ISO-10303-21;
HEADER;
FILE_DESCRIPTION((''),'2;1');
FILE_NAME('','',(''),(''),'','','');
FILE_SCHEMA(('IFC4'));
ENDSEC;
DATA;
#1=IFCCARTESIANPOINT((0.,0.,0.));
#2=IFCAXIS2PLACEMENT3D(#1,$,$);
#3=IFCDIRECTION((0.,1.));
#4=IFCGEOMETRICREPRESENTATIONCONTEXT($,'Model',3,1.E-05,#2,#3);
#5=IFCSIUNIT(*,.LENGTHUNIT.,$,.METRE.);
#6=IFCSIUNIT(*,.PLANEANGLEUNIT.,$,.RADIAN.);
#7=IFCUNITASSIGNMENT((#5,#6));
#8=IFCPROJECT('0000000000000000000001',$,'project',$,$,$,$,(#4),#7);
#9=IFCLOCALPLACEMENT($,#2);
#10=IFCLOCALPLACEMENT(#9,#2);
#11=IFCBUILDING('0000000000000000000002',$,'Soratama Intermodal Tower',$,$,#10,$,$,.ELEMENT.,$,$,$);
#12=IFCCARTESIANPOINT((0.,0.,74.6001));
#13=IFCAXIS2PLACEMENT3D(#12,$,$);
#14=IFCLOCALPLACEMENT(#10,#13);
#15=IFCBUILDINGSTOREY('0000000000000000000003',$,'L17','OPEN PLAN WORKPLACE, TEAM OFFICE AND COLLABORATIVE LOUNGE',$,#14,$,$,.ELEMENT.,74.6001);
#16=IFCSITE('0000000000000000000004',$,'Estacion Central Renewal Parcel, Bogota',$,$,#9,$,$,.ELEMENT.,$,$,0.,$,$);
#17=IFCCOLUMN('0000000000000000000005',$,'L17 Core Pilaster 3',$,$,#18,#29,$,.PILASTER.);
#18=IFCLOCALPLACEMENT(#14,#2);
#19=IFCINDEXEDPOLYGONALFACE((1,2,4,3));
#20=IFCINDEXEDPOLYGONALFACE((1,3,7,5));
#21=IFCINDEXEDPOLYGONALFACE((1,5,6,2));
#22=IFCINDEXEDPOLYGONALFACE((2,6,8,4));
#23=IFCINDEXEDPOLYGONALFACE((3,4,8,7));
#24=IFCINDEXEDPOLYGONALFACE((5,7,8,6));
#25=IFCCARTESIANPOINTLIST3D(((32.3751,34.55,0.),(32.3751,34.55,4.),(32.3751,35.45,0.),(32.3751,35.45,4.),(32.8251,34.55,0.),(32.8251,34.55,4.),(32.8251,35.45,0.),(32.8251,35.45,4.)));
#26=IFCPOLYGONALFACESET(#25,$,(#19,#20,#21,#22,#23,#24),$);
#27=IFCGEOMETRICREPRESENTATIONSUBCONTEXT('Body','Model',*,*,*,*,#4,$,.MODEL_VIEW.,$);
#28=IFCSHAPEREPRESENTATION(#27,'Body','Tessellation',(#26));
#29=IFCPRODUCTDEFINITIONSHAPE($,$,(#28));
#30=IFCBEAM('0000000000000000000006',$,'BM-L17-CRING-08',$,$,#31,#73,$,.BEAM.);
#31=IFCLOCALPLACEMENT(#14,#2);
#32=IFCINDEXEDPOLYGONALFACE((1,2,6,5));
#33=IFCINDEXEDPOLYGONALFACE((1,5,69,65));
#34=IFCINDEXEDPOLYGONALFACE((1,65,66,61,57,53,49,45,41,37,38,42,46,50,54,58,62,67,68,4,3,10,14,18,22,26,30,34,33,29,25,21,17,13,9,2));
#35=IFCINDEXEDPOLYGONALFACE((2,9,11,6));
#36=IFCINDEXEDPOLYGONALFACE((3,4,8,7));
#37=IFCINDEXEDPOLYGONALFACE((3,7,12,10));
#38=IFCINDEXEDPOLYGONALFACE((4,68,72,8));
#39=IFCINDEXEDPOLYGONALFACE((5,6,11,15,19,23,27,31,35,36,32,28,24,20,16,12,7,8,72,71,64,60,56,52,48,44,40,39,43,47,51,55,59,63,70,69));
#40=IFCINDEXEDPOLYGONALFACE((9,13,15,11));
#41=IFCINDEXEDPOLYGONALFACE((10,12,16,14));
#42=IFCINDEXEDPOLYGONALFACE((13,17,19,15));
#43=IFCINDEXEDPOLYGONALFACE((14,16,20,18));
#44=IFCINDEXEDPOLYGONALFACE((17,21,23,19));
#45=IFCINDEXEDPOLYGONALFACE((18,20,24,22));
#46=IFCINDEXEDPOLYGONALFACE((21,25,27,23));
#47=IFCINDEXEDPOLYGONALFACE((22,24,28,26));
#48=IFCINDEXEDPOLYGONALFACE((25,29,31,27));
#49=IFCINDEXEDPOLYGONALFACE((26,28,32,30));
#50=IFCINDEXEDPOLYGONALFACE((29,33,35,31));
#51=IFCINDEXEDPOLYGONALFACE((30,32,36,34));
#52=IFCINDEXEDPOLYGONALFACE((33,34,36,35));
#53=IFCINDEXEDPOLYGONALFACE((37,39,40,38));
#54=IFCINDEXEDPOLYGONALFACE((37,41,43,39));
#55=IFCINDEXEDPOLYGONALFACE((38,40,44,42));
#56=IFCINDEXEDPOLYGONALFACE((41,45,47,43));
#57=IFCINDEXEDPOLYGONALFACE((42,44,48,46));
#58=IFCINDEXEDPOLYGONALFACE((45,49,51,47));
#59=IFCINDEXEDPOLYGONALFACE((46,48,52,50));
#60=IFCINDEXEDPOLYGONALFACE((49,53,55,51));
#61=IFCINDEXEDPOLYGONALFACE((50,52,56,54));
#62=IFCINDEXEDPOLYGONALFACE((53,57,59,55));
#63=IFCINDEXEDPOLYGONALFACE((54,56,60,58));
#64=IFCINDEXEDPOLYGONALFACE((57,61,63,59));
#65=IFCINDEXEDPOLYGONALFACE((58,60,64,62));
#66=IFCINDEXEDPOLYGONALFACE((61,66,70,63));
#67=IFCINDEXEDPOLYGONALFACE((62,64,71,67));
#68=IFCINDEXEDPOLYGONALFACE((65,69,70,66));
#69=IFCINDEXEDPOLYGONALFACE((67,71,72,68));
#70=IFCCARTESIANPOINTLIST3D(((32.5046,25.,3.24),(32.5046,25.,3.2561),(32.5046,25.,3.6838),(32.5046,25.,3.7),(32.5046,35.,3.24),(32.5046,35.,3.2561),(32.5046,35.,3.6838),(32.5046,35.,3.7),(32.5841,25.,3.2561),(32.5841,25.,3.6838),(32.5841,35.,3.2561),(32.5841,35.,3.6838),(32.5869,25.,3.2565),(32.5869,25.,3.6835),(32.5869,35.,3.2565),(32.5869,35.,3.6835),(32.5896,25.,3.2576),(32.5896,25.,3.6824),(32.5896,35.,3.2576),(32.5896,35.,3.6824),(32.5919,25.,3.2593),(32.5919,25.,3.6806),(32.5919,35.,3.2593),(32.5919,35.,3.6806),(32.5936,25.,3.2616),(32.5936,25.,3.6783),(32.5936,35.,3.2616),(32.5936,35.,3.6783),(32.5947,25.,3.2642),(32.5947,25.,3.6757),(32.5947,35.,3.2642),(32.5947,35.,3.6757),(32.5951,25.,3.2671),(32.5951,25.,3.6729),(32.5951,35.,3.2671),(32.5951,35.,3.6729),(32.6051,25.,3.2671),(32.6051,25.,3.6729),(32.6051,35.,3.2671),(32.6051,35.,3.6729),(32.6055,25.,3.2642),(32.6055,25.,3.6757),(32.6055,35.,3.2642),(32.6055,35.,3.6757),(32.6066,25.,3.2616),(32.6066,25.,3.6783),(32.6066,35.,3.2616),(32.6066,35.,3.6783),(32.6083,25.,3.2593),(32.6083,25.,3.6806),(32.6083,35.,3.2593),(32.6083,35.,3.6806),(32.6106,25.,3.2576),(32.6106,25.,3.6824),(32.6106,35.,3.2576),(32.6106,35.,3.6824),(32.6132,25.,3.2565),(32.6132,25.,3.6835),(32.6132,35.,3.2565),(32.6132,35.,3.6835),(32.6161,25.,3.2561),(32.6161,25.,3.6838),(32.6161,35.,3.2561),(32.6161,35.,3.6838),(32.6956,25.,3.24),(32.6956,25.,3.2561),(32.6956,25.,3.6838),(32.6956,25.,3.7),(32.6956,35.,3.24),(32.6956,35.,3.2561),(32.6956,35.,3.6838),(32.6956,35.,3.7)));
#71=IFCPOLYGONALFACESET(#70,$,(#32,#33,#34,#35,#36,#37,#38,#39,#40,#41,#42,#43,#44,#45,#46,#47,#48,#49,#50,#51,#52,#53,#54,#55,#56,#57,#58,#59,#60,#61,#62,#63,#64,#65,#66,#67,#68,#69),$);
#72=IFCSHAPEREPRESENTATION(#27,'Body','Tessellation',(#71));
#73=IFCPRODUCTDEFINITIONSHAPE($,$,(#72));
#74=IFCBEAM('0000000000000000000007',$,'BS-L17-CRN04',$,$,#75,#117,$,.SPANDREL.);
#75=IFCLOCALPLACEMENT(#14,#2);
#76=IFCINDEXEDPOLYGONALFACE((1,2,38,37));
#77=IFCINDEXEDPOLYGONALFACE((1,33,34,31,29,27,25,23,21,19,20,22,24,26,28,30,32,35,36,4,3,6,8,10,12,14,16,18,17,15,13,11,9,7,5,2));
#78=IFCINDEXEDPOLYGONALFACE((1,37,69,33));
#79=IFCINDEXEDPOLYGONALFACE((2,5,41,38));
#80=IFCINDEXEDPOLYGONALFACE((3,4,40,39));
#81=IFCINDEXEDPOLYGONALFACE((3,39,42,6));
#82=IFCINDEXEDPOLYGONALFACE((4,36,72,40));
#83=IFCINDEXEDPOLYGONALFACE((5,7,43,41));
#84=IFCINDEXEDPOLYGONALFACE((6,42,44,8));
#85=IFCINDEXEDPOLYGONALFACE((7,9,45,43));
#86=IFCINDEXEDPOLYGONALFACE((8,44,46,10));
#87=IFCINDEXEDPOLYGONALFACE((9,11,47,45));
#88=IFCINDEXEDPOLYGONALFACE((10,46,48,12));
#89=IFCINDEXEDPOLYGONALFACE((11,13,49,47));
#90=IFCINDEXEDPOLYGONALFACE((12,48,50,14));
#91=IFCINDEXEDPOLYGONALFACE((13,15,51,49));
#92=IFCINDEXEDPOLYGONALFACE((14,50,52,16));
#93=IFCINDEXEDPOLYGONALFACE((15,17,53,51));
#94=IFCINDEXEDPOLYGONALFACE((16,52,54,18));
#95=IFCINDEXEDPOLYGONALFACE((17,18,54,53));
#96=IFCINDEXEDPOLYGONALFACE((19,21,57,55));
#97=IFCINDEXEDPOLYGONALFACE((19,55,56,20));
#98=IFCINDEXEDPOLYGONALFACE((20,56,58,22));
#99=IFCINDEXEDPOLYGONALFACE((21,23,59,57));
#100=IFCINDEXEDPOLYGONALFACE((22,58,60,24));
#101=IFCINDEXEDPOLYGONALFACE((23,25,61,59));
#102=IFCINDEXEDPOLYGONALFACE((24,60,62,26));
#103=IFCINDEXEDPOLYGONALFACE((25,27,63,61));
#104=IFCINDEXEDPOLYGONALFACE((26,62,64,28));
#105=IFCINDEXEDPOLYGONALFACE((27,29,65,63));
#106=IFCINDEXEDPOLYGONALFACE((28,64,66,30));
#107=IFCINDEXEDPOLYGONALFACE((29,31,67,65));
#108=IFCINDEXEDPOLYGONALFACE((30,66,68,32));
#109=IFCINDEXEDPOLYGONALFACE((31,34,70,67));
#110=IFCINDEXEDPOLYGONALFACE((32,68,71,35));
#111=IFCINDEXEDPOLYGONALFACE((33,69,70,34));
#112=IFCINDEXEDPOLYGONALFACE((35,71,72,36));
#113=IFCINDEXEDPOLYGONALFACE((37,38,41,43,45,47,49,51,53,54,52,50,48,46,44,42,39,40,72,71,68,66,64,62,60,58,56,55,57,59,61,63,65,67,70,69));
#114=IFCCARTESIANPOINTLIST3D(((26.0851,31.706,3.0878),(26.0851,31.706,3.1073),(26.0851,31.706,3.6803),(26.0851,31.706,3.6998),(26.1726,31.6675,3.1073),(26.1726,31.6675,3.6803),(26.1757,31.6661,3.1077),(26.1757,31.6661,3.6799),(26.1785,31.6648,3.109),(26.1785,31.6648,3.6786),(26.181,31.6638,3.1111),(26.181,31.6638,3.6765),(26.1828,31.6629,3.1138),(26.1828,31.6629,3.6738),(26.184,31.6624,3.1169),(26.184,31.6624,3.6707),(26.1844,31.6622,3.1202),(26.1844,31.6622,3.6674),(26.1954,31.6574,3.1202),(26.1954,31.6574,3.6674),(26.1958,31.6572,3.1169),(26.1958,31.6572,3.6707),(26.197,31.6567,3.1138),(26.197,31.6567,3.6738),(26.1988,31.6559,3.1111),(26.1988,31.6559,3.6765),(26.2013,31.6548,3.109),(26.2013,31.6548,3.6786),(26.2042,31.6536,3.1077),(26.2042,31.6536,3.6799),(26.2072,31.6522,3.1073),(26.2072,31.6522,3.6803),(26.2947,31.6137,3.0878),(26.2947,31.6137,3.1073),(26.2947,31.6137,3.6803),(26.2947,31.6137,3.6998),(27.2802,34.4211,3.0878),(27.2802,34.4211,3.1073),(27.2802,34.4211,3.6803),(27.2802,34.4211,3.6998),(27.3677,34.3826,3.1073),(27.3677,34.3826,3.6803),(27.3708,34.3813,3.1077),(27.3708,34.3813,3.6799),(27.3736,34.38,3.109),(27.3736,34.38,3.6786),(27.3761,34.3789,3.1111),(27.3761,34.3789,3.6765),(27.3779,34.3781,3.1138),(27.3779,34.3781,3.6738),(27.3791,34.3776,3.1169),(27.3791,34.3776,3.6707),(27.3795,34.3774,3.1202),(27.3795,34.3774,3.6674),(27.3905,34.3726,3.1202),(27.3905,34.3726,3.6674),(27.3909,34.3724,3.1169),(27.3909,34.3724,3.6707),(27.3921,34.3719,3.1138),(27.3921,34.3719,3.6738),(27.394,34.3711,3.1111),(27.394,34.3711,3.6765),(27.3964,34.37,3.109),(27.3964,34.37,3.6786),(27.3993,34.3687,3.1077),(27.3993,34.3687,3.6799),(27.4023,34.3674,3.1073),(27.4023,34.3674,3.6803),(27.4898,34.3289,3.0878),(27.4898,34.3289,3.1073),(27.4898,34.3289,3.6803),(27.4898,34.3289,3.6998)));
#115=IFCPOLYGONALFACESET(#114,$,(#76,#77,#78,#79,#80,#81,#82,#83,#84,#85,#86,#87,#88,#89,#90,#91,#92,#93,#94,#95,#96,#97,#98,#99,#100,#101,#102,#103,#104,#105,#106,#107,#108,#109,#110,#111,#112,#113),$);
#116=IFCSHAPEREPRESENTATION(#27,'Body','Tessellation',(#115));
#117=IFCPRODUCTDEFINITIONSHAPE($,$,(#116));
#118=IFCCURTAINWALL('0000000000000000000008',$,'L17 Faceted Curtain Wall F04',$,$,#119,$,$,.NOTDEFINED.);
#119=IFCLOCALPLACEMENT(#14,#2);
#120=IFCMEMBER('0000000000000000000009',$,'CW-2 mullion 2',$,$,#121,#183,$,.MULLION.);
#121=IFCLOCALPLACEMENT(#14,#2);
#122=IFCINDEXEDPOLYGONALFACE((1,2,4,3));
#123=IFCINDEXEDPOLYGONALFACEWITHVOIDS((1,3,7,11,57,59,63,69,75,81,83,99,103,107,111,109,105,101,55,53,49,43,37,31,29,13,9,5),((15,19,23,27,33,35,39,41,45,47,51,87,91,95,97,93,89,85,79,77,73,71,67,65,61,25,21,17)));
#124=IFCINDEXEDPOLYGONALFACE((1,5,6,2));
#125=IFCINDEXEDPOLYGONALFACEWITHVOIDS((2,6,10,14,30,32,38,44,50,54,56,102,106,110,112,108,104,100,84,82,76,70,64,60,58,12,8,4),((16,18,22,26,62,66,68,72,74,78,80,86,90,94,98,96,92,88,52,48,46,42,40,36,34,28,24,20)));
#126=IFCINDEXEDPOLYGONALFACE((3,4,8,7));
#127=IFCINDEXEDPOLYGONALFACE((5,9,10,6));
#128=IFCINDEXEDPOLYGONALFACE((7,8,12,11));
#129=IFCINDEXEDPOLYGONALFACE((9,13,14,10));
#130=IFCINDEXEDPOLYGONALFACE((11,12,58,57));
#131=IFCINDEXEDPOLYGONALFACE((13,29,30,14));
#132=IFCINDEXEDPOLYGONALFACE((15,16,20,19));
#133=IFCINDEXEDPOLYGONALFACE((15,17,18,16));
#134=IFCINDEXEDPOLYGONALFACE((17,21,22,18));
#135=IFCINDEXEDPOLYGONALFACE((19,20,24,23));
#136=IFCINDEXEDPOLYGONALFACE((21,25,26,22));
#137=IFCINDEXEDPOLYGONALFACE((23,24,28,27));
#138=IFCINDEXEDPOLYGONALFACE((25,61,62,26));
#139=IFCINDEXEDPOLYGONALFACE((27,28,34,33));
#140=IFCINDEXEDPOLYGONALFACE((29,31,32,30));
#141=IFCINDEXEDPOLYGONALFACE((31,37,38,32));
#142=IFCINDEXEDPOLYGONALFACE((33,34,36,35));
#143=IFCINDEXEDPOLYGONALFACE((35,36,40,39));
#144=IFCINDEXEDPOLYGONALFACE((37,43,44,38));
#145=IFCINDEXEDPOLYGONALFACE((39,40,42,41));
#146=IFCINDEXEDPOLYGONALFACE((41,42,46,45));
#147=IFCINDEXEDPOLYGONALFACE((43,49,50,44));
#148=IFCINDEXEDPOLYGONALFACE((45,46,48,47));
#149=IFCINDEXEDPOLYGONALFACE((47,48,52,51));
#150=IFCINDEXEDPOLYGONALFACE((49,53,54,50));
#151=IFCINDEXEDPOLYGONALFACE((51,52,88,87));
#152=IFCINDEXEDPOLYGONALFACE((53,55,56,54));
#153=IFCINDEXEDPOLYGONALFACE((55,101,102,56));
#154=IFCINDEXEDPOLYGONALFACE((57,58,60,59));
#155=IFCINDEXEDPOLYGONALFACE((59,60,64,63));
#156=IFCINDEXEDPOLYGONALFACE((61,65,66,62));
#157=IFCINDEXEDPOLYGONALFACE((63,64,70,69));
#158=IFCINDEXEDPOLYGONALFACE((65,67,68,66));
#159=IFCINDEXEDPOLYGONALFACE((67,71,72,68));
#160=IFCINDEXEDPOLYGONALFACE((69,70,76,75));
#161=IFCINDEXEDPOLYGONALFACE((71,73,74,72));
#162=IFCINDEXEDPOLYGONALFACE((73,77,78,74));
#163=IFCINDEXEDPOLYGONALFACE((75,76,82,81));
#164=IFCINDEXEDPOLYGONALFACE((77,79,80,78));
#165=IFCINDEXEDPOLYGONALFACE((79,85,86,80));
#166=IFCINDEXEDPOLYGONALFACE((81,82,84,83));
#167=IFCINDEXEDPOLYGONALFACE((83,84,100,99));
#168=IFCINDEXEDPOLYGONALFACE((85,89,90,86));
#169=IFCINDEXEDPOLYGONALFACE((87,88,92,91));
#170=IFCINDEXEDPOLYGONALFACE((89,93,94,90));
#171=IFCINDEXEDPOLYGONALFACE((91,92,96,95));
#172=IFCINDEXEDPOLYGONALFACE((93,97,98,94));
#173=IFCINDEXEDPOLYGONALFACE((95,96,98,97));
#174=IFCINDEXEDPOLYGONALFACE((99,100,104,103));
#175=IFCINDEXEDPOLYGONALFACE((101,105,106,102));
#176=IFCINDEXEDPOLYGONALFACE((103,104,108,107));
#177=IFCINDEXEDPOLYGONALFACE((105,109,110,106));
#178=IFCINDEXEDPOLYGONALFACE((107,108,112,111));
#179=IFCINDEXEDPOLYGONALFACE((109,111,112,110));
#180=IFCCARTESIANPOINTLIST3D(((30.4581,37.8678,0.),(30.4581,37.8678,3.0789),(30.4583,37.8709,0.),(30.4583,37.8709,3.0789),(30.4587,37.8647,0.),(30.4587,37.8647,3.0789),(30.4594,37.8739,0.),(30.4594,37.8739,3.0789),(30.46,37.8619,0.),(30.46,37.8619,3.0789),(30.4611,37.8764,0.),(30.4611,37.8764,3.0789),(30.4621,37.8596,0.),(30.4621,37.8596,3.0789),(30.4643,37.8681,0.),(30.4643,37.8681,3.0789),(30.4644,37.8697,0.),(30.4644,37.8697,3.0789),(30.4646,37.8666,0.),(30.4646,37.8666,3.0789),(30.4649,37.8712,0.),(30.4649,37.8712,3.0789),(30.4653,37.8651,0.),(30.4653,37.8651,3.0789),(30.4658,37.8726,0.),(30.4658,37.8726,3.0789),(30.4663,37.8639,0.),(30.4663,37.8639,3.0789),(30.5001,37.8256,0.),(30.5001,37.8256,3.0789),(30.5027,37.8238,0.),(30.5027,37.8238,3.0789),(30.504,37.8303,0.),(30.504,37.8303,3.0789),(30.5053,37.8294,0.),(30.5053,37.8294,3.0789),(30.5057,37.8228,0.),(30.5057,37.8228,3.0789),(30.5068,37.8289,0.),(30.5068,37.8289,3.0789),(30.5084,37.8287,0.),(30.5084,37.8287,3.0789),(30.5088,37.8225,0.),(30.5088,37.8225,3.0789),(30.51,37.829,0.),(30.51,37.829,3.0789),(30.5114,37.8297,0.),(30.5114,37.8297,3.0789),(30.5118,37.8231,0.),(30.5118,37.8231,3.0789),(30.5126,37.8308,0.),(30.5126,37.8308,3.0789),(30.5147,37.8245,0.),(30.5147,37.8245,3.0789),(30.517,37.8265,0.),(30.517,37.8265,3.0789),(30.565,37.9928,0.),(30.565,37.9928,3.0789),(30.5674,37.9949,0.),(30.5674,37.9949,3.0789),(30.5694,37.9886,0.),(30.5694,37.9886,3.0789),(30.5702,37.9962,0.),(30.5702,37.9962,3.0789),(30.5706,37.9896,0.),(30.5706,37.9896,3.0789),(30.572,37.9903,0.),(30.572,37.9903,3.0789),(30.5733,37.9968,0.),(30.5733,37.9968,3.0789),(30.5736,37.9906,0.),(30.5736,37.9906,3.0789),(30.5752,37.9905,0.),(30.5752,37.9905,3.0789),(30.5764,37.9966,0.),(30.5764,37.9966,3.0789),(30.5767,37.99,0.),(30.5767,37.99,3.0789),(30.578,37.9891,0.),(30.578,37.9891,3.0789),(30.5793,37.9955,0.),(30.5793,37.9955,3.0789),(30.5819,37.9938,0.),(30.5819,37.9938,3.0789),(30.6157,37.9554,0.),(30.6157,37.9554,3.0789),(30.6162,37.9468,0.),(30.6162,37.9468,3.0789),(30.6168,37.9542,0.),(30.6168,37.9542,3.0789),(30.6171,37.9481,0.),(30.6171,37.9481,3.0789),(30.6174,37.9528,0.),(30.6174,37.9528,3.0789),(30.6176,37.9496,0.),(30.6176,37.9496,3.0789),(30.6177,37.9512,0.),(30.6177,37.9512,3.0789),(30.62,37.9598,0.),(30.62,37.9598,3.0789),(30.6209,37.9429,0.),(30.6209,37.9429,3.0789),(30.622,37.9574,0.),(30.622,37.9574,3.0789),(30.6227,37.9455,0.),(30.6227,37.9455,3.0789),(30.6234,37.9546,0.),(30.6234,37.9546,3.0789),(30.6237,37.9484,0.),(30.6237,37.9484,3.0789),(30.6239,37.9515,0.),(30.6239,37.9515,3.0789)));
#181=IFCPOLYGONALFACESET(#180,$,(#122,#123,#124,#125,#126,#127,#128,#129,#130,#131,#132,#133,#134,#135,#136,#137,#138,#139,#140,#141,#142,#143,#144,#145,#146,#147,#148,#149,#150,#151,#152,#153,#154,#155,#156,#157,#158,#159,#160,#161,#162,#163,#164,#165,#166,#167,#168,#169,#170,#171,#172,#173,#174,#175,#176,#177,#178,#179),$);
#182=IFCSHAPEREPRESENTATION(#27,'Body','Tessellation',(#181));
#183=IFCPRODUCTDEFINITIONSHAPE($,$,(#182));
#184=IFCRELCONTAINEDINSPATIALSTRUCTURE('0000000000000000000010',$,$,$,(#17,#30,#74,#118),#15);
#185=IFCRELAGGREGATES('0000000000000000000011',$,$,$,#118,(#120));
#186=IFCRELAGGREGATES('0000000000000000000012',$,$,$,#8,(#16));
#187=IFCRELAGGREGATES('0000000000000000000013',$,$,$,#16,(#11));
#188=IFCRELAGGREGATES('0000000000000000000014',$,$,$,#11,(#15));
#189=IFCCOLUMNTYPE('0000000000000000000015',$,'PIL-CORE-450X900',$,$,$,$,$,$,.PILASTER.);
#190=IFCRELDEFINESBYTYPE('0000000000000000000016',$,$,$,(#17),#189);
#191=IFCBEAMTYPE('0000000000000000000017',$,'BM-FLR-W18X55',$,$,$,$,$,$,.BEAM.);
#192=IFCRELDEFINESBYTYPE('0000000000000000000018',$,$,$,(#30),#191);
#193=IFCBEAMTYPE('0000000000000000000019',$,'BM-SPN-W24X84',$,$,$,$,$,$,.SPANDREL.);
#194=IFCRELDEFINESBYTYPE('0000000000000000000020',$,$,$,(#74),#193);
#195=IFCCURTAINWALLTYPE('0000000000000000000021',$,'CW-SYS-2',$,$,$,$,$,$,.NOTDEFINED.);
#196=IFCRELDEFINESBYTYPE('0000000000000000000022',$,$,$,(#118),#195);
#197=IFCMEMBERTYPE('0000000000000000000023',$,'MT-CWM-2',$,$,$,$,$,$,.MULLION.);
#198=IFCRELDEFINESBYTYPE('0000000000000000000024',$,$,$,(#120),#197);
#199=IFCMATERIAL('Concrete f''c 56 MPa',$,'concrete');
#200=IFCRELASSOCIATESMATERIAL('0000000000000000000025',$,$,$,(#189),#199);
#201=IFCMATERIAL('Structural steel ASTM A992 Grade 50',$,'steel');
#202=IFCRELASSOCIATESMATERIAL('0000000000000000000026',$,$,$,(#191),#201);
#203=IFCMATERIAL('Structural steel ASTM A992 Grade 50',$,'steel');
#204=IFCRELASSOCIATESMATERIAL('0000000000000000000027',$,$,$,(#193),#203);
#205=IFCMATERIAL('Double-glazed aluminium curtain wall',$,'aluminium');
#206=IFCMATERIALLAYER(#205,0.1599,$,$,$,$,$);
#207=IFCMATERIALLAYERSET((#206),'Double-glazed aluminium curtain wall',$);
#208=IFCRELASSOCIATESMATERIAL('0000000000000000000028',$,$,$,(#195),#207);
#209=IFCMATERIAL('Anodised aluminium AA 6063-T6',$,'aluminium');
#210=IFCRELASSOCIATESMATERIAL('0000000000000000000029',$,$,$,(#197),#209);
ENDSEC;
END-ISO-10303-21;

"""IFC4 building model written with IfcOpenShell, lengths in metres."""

from ifc_helpers import new_model, si_unit, direction, frame, origin, origin_2d, place, context, subcontext, project, spatial, rectangle, hollow_rectangle, i_section, extrude, material, layer, layer_set, material_profile, profile_set, type_object, element, aggregate, save


model = new_model("IFC4")

# Units and contexts
model_context = context("Model", 3, precision=1e-05, world=origin(), true_north=direction((0.0, 1.0)))
body_context = subcontext(model_context, "Body", "Model", "MODEL_VIEW")
ifc_project = project(units=[si_unit("LENGTHUNIT", "METRE"), si_unit("PLANEANGLEUNIT", "RADIAN")], contexts=[model_context])

# Site, building, storey
site_placement = place(None, origin())
site = spatial("IfcSite", under=ifc_project, at=site_placement, Name="Estacion Central Renewal Parcel, Bogota", CompositionType="ELEMENT", RefElevation=0.0)
building_placement = place(site_placement, origin())
building = spatial("IfcBuilding", under=site, at=building_placement, Name="Soratama Intermodal Tower", CompositionType="ELEMENT")
storey_placement = place(building_placement, frame((0.0, 0.0, 74.6001)))
storey = spatial("IfcBuildingStorey", under=building, at=storey_placement, Name="L17", Description="OPEN PLAN WORKPLACE, TEAM OFFICE AND COLLABORATIVE LOUNGE", CompositionType="ELEMENT", Elevation=74.6001)

# Column
ifc_material_1 = material(Name="Concrete f'c 56 MPa", Category="concrete")
ifc_material_profile_1 = material_profile(ifc_material_1, rectangle(XDim=0.45, YDim=0.8999, at=origin_2d()), Name="RC450X900")
ifc_profile_set_1 = profile_set([ifc_material_profile_1], Name="Concrete f'c 56 MPa")
column_type = type_object("IfcColumnType", Name="PIL-CORE-450X900", PredefinedType="PILASTER", material=ifc_profile_set_1)
column_placement = place(storey_placement, frame((32.6001, 35.0, 0.0), z_axis=(0.0, 0.0, 1.0), x_axis=(1.0, 0.0, 0.0)))
element("IfcColumn", 1, at=column_placement, inside=storey, type_object=column_type, Name="L17 Core Pilaster 3", PredefinedType="PILASTER", context=body_context, shape_type="SweptSolid", body=[
    extrude(rectangle(XDim=0.45, YDim=0.8999, at=origin_2d()), origin(), (0.0, 0.0, 1.0), 4.0),
])

# Beams
ifc_material_2 = material(Name="Structural steel ASTM A992 Grade 50", Category="steel")
ifc_material_profile_2 = material_profile(ifc_material_2, i_section(OverallWidth=0.1909, OverallDepth=0.46, WebThickness=0.01, FlangeThickness=0.0161, FilletRadius=0.011, at=origin_2d()), Name="W18X55")
ifc_profile_set_2 = profile_set([ifc_material_profile_2], Name="Structural steel ASTM A992 Grade 50")
beam_type_1 = type_object("IfcBeamType", Name="BM-FLR-W18X55", PredefinedType="BEAM", material=ifc_profile_set_2)
beam_1_placement = place(storey_placement, frame((32.6001, 35.0, 3.47), z_axis=(0.0, -1.0, 0.0), x_axis=(1.0, 0.0, 0.0)))
element("IfcBeam", 2, at=beam_1_placement, inside=storey, type_object=beam_type_1, Name="BM-L17-CRING-08", PredefinedType="BEAM", context=body_context, shape_type="SweptSolid", body=[
    extrude(i_section(OverallWidth=0.1909, OverallDepth=0.46, WebThickness=0.01, FlangeThickness=0.0161, FilletRadius=0.011, at=origin_2d()), origin(), (0.0, 0.0, 1.0), 10.0),
])
ifc_material_3 = material(Name="Structural steel ASTM A992 Grade 50", Category="steel")
ifc_material_profile_3 = material_profile(ifc_material_3, i_section(OverallWidth=0.229, OverallDepth=0.6121, WebThickness=0.012, FlangeThickness=0.0195, FilletRadius=0.0129, at=origin_2d()), Name="W24X84")
ifc_profile_set_3 = profile_set([ifc_material_profile_3], Name="Structural steel ASTM A992 Grade 50")
beam_type_2 = type_object("IfcBeamType", Name="BM-SPN-W24X84", PredefinedType="SPANDREL", material=ifc_profile_set_3)
beam_2_placement = place(storey_placement, frame((27.385, 34.375, 3.3938), z_axis=(-0.40286, -0.915262, 0.0), x_axis=(0.915262, -0.40286, 0.0)))
element("IfcBeam", 3, at=beam_2_placement, inside=storey, type_object=beam_type_2, Name="BS-L17-CRN04", PredefinedType="SPANDREL", context=body_context, shape_type="SweptSolid", body=[
    extrude(i_section(OverallWidth=0.229, OverallDepth=0.6121, WebThickness=0.012, FlangeThickness=0.0195, FilletRadius=0.0129, at=origin_2d()), origin(), (0.0, 0.0, 1.0), 2.9666),
])

# Curtain wall, member
ifc_material_4 = material(Name="Double-glazed aluminium curtain wall", Category="aluminium")
ifc_layer_1 = layer(ifc_material_4, 0.1599)
ifc_layer_set_1 = layer_set([ifc_layer_1], Name="Double-glazed aluminium curtain wall")
curtain_wall_type = type_object("IfcCurtainWallType", Name="CW-SYS-2", PredefinedType="NOTDEFINED", material=ifc_layer_set_1)
curtain_wall_placement = place(storey_placement, origin())
curtain_wall = element("IfcCurtainWall", 4, at=curtain_wall_placement, inside=storey, type_object=curtain_wall_type, Name="L17 Faceted Curtain Wall F04", PredefinedType="NOTDEFINED")
ifc_material_5 = material(Name="Anodised aluminium AA 6063-T6", Category="aluminium")
ifc_material_profile_4 = material_profile(ifc_material_5, hollow_rectangle(XDim=0.075, YDim=0.1799, WallThickness=0.0061, InnerFilletRadius=0.0061, OuterFilletRadius=0.012, at=origin_2d()), Name="CWM180X75X6")
ifc_profile_set_4 = profile_set([ifc_material_profile_4], Name="Anodised aluminium AA 6063-T6")
member_type_1 = type_object("IfcMemberType", Name="MT-CWM-2", PredefinedType="MULLION", material=ifc_profile_set_4)
member_1_placement = place(storey_placement, frame((30.541, 37.9097, 0.0), z_axis=(0.0, 0.0, 1.0), x_axis=(0.745937, -0.666017, 0.0)))
member_1 = element("IfcMember", 5, at=member_1_placement, type_object=member_type_1, Name="CW-2 mullion 2", PredefinedType="MULLION", context=body_context, shape_type="SweptSolid", body=[
    extrude(hollow_rectangle(XDim=0.075, YDim=0.1799, WallThickness=0.0061, InnerFilletRadius=0.0061, OuterFilletRadius=0.012, at=origin_2d()), origin(), (0.0, 0.0, 1.0), 3.0789),
])
aggregate(curtain_wall, [member_1])

save(model, "model.ifc")
